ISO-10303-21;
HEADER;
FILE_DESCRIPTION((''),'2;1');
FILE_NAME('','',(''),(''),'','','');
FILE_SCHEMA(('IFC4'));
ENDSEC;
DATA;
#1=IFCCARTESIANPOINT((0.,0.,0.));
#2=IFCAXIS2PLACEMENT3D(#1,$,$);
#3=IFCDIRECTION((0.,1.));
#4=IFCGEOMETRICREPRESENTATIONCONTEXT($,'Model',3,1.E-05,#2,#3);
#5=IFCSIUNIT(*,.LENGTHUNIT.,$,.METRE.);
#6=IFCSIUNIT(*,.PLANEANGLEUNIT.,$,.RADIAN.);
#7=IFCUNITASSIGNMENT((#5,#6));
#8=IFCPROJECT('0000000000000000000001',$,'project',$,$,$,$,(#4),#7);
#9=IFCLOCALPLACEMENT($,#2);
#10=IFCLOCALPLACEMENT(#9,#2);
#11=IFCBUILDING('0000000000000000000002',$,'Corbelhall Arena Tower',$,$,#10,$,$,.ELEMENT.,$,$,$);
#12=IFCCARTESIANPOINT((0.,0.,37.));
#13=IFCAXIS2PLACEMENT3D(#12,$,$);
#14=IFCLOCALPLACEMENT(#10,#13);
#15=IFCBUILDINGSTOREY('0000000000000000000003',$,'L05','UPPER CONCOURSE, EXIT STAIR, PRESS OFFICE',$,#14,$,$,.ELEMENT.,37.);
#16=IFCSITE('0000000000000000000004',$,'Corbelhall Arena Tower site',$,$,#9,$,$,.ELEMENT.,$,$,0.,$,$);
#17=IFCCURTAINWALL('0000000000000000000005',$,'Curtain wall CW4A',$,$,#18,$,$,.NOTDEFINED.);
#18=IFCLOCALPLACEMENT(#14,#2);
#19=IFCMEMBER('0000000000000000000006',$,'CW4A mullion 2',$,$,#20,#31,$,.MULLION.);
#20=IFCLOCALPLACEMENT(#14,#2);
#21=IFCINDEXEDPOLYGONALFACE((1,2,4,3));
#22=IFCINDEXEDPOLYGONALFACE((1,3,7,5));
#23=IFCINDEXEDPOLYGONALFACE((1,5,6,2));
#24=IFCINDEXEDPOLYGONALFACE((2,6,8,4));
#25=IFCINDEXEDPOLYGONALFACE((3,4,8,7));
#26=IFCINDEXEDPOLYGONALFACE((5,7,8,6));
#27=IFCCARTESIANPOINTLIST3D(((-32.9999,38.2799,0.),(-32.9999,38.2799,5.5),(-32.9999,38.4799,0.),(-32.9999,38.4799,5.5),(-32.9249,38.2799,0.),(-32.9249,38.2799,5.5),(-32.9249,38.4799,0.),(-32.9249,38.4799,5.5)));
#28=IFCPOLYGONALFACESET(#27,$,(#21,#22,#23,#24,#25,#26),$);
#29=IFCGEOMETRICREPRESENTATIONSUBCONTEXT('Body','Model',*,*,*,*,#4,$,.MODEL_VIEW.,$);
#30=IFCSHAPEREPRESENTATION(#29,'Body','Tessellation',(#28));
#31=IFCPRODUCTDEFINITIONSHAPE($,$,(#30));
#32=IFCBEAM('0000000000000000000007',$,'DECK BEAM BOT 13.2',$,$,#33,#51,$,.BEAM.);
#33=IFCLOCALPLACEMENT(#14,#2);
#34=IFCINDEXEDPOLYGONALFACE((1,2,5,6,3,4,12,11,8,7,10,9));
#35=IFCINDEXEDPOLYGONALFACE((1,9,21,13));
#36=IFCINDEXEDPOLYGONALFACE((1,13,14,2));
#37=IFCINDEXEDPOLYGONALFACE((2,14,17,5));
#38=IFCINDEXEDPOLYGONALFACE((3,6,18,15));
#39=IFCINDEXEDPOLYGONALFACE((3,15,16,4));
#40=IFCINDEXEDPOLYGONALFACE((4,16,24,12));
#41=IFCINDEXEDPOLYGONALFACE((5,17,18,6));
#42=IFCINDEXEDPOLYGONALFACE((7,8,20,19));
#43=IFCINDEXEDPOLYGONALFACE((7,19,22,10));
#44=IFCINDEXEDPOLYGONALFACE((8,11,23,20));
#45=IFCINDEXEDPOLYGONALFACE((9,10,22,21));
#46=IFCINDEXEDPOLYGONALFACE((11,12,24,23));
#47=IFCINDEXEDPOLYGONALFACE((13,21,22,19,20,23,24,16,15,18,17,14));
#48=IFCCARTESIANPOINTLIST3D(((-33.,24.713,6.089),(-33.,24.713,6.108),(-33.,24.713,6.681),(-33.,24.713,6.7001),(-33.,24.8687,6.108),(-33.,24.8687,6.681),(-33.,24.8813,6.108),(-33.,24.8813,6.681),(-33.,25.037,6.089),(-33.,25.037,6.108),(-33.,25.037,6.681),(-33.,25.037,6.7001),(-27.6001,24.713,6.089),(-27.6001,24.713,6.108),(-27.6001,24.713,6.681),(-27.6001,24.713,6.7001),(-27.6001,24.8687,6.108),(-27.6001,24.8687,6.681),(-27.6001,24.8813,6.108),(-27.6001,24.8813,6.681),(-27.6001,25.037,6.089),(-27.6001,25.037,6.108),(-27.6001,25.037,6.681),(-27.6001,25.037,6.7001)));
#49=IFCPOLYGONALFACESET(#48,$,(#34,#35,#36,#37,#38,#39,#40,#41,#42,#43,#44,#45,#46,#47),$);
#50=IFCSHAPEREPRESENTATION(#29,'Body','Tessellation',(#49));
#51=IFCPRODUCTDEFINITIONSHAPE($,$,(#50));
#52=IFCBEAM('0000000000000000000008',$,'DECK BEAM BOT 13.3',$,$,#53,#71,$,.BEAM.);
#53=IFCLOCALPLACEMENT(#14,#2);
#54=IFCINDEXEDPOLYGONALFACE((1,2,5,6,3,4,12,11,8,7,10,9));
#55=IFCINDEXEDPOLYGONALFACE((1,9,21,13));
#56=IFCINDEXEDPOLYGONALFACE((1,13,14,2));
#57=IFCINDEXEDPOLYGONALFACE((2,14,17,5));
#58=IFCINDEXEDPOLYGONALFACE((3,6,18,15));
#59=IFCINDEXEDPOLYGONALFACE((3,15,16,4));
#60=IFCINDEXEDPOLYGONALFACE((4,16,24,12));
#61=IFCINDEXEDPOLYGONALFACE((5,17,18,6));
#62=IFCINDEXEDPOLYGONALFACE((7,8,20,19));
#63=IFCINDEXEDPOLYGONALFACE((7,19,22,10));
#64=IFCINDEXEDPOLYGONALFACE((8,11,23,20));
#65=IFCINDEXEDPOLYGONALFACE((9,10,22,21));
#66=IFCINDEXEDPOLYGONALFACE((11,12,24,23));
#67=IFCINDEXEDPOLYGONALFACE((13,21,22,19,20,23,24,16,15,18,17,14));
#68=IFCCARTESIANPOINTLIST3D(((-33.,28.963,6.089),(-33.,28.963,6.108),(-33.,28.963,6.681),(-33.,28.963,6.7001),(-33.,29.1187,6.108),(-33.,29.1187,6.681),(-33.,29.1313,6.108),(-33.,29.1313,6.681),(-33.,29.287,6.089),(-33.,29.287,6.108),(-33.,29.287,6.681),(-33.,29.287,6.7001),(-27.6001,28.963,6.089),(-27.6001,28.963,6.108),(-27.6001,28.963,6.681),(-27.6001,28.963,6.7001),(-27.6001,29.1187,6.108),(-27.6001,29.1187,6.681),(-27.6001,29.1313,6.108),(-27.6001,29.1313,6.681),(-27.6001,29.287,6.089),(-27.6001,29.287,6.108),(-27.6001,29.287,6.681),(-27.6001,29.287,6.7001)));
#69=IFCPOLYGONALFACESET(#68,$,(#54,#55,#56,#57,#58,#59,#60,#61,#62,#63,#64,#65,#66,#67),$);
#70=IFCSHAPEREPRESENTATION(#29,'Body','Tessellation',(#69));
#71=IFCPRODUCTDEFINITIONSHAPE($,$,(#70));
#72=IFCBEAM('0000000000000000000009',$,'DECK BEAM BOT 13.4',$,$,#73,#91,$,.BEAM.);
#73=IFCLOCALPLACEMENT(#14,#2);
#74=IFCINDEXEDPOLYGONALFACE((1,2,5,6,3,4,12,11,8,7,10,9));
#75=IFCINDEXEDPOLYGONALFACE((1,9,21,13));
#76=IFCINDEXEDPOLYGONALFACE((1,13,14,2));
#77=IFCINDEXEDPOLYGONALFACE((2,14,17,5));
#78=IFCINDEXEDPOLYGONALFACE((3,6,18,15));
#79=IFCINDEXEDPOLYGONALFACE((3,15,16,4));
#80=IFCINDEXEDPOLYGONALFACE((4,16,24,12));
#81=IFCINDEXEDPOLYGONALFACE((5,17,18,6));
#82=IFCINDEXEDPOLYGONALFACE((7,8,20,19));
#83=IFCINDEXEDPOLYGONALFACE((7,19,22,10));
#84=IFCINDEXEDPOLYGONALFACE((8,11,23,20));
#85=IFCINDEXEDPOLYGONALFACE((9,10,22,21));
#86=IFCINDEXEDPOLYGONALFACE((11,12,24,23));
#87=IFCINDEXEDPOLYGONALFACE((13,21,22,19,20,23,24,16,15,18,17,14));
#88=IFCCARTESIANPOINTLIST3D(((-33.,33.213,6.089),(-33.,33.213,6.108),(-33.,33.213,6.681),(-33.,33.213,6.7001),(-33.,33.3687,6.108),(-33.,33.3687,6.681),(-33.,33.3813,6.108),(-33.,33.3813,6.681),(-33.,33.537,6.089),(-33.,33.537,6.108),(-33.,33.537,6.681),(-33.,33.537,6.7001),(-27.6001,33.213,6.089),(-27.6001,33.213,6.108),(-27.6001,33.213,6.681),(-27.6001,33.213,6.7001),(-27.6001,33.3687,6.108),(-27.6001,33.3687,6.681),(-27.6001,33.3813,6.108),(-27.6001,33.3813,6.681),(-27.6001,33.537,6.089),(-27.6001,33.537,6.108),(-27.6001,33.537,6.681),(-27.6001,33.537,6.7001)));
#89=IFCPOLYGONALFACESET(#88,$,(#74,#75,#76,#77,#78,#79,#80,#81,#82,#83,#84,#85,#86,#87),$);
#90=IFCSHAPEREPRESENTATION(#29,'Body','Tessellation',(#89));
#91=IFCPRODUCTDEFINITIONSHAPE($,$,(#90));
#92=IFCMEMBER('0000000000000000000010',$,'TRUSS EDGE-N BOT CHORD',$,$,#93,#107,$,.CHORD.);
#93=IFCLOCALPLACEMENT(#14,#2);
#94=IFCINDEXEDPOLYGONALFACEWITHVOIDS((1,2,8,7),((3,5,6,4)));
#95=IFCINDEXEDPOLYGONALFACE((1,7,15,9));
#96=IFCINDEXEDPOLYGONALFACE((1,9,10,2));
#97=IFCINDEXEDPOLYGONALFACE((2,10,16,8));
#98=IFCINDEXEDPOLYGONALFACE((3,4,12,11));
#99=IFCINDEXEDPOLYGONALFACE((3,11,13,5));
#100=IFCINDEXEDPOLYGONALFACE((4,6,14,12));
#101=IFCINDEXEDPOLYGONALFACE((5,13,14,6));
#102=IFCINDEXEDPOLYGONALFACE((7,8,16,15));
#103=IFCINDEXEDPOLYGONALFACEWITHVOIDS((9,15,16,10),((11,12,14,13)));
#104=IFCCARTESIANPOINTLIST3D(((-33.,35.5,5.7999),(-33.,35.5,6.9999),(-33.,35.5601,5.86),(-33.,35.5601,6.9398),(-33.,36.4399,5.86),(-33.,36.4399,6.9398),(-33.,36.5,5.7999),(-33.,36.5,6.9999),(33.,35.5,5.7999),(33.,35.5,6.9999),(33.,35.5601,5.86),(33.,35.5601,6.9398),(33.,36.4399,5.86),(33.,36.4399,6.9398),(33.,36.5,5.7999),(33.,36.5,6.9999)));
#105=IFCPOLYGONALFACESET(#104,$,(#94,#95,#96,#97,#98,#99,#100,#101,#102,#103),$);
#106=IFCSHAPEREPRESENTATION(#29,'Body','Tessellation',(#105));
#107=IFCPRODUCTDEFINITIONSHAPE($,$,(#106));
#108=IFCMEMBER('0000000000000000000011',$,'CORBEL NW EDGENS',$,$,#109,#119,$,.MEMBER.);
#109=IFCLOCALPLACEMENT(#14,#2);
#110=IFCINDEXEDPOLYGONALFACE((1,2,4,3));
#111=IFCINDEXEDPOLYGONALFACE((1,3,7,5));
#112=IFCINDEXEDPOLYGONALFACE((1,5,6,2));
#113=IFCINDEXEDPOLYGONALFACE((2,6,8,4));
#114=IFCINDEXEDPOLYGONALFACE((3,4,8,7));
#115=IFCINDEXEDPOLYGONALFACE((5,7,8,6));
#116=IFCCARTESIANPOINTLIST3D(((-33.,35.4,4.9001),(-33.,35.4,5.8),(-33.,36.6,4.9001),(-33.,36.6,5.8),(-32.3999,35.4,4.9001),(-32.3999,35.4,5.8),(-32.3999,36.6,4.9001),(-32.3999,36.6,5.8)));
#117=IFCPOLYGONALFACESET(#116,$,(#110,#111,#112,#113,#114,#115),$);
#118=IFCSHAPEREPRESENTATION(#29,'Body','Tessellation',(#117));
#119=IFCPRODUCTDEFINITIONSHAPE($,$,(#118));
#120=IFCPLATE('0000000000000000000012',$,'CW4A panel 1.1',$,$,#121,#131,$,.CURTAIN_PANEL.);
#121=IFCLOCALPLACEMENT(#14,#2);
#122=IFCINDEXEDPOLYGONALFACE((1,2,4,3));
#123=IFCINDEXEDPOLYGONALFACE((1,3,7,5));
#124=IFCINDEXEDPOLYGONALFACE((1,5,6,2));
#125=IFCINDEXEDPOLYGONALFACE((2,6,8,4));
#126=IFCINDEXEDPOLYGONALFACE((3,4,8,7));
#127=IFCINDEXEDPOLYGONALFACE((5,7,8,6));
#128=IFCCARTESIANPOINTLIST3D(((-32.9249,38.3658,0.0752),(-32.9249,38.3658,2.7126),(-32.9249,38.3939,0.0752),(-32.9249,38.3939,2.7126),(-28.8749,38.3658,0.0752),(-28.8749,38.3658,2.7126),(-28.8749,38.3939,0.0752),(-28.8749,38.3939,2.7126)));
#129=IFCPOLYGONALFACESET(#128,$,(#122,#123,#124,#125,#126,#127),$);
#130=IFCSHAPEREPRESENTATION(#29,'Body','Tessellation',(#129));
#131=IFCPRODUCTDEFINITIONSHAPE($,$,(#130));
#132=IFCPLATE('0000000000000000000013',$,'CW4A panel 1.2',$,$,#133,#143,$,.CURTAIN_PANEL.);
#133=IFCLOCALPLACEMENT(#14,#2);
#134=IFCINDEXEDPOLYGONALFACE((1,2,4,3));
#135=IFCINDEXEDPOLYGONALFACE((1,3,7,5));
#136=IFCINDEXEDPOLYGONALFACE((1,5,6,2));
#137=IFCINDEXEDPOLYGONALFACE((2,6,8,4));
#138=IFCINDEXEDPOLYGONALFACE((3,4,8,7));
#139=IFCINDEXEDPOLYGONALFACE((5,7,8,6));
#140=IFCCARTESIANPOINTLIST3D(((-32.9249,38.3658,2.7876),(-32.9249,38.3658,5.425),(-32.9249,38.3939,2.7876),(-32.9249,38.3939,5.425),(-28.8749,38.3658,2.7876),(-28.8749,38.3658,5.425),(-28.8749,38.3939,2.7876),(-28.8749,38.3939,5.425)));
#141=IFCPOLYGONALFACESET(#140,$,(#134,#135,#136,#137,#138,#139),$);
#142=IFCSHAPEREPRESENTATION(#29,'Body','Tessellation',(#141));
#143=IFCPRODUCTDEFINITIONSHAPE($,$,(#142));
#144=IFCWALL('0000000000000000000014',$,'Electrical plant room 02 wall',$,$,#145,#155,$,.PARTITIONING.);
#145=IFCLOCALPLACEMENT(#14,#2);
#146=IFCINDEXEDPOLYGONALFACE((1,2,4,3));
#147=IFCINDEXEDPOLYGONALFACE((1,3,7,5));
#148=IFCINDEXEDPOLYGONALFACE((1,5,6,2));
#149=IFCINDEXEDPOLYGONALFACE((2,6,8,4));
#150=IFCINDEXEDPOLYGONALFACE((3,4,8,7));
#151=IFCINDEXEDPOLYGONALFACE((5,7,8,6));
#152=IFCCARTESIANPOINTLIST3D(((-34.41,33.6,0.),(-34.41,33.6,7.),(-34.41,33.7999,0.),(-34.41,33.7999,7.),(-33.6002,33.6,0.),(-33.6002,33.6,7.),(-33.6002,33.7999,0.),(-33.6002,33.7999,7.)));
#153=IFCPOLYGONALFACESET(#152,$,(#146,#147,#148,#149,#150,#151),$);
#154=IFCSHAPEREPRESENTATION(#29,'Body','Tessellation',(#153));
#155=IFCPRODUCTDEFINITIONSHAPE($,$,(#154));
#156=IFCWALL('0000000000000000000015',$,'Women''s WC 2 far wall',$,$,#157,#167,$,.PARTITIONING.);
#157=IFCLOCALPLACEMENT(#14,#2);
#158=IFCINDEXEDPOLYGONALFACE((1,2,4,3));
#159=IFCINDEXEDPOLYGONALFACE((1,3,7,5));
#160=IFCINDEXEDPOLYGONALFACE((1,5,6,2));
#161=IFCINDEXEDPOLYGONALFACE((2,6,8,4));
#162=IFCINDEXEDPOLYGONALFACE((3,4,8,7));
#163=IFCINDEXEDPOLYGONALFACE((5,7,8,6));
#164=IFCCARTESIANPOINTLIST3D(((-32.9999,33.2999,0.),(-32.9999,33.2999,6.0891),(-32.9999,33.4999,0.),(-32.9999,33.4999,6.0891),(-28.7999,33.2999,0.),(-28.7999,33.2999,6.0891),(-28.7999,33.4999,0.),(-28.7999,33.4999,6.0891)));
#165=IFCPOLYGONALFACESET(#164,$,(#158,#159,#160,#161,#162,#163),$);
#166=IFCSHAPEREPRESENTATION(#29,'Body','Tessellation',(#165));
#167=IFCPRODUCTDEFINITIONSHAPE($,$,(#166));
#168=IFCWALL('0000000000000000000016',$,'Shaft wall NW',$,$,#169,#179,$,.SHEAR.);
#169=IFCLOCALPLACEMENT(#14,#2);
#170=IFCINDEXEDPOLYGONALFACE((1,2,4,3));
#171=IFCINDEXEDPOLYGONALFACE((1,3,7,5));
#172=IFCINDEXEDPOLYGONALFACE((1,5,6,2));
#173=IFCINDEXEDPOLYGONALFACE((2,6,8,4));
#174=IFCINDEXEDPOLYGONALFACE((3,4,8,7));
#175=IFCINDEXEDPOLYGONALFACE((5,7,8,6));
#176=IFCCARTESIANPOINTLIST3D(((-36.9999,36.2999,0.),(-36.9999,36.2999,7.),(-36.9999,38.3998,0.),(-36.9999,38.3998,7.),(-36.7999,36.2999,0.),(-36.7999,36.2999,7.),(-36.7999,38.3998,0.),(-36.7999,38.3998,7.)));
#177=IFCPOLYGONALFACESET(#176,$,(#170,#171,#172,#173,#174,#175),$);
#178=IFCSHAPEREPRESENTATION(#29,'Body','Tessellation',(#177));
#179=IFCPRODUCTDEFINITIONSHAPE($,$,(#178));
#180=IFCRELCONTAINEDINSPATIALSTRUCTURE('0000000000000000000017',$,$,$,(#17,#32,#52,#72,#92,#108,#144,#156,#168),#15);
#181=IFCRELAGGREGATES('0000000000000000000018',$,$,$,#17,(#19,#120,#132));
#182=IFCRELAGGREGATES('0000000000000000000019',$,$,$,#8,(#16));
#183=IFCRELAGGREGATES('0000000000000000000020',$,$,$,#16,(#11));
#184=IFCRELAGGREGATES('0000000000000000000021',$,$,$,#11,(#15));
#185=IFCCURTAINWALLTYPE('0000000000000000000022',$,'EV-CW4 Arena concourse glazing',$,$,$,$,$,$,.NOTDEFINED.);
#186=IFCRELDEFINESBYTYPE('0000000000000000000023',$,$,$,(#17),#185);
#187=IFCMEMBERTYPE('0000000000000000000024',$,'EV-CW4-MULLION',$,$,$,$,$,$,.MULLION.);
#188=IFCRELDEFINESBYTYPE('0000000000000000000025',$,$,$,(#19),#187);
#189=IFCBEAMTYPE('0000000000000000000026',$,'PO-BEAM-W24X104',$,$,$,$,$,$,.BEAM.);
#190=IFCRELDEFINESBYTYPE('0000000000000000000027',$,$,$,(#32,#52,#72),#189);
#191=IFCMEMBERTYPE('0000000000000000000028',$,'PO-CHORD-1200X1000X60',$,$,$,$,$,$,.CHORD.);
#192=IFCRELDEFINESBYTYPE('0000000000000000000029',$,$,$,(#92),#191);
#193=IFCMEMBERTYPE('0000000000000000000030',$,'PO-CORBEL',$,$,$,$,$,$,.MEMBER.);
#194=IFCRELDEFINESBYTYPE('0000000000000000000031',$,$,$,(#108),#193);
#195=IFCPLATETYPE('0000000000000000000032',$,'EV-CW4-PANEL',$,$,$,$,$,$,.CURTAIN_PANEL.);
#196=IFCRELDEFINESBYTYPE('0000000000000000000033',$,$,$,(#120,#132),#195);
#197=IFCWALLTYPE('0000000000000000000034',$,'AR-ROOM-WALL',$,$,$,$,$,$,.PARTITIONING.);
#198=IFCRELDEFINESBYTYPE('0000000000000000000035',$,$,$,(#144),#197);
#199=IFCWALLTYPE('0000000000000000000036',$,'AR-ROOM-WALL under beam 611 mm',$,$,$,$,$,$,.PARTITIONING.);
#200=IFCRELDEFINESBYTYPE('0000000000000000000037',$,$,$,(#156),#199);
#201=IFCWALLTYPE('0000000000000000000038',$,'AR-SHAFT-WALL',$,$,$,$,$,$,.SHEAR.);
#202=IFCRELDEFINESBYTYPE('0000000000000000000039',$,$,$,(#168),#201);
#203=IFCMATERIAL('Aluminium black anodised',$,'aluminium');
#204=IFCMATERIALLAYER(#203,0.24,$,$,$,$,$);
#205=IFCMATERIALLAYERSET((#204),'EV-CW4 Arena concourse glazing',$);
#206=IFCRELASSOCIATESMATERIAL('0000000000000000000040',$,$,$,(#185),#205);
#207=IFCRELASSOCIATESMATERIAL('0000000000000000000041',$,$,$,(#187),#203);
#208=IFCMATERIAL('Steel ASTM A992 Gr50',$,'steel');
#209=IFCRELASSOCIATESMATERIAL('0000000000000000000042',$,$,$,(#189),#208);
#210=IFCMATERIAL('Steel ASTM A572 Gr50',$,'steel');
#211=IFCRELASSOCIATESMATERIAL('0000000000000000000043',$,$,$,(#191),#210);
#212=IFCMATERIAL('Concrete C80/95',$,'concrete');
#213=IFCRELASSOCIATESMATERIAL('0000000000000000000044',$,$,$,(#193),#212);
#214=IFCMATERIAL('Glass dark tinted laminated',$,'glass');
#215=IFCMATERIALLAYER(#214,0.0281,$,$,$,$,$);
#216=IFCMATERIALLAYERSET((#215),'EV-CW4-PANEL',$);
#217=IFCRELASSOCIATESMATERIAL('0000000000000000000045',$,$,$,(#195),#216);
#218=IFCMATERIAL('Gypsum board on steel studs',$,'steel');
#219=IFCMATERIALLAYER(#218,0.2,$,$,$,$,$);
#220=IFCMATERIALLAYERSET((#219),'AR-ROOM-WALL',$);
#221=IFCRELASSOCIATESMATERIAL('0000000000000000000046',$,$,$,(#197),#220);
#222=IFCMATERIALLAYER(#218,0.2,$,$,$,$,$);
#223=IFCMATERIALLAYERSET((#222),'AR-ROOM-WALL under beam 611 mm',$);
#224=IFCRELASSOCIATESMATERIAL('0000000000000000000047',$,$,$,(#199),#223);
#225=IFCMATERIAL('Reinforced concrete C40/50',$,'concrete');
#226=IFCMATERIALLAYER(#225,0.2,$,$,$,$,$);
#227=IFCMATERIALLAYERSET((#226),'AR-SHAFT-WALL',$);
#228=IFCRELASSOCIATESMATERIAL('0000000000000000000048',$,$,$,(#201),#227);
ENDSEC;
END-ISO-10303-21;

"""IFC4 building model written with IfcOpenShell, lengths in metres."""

from ifc_helpers import new_model, si_unit, direction, frame, frame_2d, origin, origin_2d, place, context, subcontext, project, spatial, rectangle, hollow_rectangle, i_section, extrude, material, layer, layer_set, material_profile, profile_set, type_object, element, aggregate, save


model = new_model("IFC4")

# Units and contexts
model_context = context("Model", 3, precision=1e-05, world=origin(), true_north=direction((0.0, 1.0)))
body_context = subcontext(model_context, "Body", "Model", "MODEL_VIEW")
ifc_project = project(units=[si_unit("LENGTHUNIT", "METRE"), si_unit("PLANEANGLEUNIT", "RADIAN")], contexts=[model_context])

# Site, building, storey
site_placement = place(None, origin())
site = spatial("IfcSite", under=ifc_project, at=site_placement, Name="Corbelhall Arena Tower site", CompositionType="ELEMENT", RefElevation=0.0)
building_placement = place(site_placement, origin())
building = spatial("IfcBuilding", under=site, at=building_placement, Name="Corbelhall Arena Tower", CompositionType="ELEMENT")
storey_placement = place(building_placement, frame((0.0, 0.0, 37.0)))
storey = spatial("IfcBuildingStorey", under=building, at=storey_placement, Name="L05", Description="UPPER CONCOURSE, EXIT STAIR, PRESS OFFICE", CompositionType="ELEMENT", Elevation=37.0)

# Curtain wall, member
ifc_material_1 = material(Name="Aluminium black anodised", Category="aluminium")
ifc_layer_1 = layer(ifc_material_1, 0.24)
ifc_layer_set_1 = layer_set([ifc_layer_1], Name="EV-CW4 Arena concourse glazing")
curtain_wall_type = type_object("IfcCurtainWallType", Name="EV-CW4 Arena concourse glazing", PredefinedType="NOTDEFINED", material=ifc_layer_set_1)
curtain_wall_placement = place(storey_placement, origin())
curtain_wall = element("IfcCurtainWall", 1, at=curtain_wall_placement, inside=storey, type_object=curtain_wall_type, Name="Curtain wall CW4A", PredefinedType="NOTDEFINED")
ifc_material_profile_1 = material_profile(ifc_material_1, rectangle(XDim=0.2, YDim=0.075, at=origin_2d()))
ifc_profile_set_1 = profile_set([ifc_material_profile_1], Name="Aluminium black anodised")
member_type_1 = type_object("IfcMemberType", Name="EV-CW4-MULLION", PredefinedType="MULLION", material=ifc_profile_set_1)
member_1_placement = place(storey_placement, frame((-32.9624, 38.3799, 0.0), z_axis=(0.0, 0.0, 1.0), x_axis=(0.0, -1.0, 0.0)))
member_1 = element("IfcMember", 2, at=member_1_placement, type_object=member_type_1, Name="CW4A mullion 2", PredefinedType="MULLION", context=body_context, shape_type="SweptSolid", body=[
    extrude(rectangle(XDim=0.2, YDim=0.075, at=origin_2d()), origin(), (0.0, 0.0, 1.0), 5.5),
])

# Beams
ifc_material_2 = material(Name="Steel ASTM A992 Gr50", Category="steel")
ifc_material_profile_2 = material_profile(ifc_material_2, i_section(OverallWidth=0.324, OverallDepth=0.6111, WebThickness=0.0127, FlangeThickness=0.019, at=origin_2d()))
ifc_profile_set_2 = profile_set([ifc_material_profile_2], Name="Steel ASTM A992 Gr50")
beam_type = type_object("IfcBeamType", Name="PO-BEAM-W24X104", PredefinedType="BEAM", material=ifc_profile_set_2)
for number, where, z_axis, x_axis, name in (
    (3, (-33.0, 24.875, 6.3945), (1.0, 0.0, 0.0), (0.0, 1.0, 0.0), "DECK BEAM BOT 13.2"),
    (4, (-33.0, 29.125, 6.3945), (1.0, 0.0, 0.0), (0.0, 1.0, 0.0), "DECK BEAM BOT 13.3"),
    (5, (-33.0, 33.375, 6.3945), (1.0, 0.0, 0.0), (0.0, 1.0, 0.0), "DECK BEAM BOT 13.4"),
):
    element("IfcBeam", number, at=place(storey_placement, frame(where, z_axis=z_axis, x_axis=x_axis)), inside=storey, type_object=beam_type, Name=name, PredefinedType="BEAM", context=body_context, shape_type="SweptSolid", body=[
        extrude(i_section(OverallWidth=0.324, OverallDepth=0.6111, WebThickness=0.0127, FlangeThickness=0.019, at=origin_2d()), origin(), (0.0, 0.0, 1.0), 5.3999),
    ])

# Members
ifc_material_3 = material(Name="Steel ASTM A572 Gr50", Category="steel")
ifc_material_profile_3 = material_profile(ifc_material_3, hollow_rectangle(XDim=1.0, YDim=1.2, WallThickness=0.0601, at=origin_2d()))
ifc_profile_set_3 = profile_set([ifc_material_profile_3], Name="Steel ASTM A572 Gr50")
member_type_2 = type_object("IfcMemberType", Name="PO-CHORD-1200X1000X60", PredefinedType="CHORD", material=ifc_profile_set_3)
member_2_placement = place(storey_placement, frame((-33.0, 36.0, 6.3999), z_axis=(1.0, 0.0, 0.0), x_axis=(0.0, 1.0, 0.0)))
element("IfcMember", 6, at=member_2_placement, inside=storey, type_object=member_type_2, Name="TRUSS EDGE-N BOT CHORD", PredefinedType="CHORD", context=body_context, shape_type="SweptSolid", body=[
    extrude(hollow_rectangle(XDim=1.0, YDim=1.2, WallThickness=0.0601, at=origin_2d()), origin(), (0.0, 0.0, 1.0), 66.0),
])
ifc_material_4 = material(Name="Concrete C80/95", Category="concrete")
ifc_material_profile_4 = material_profile(ifc_material_4, rectangle(XDim=1.2, YDim=0.8999, at=origin_2d()))
ifc_profile_set_4 = profile_set([ifc_material_profile_4], Name="Concrete C80/95")
member_type_3 = type_object("IfcMemberType", Name="PO-CORBEL", PredefinedType="MEMBER", material=ifc_profile_set_4)
member_3_placement = place(storey_placement, frame((-33.0, 36.0, 5.3501), z_axis=(1.0, 0.0, 0.0), x_axis=(0.0, 1.0, 0.0)))
element("IfcMember", 7, at=member_3_placement, inside=storey, type_object=member_type_3, Name="CORBEL NW EDGENS", PredefinedType="MEMBER", context=body_context, shape_type="SweptSolid", body=[
    extrude(rectangle(XDim=1.2, YDim=0.8999, at=origin_2d()), origin(), (0.0, 0.0, 1.0), 0.6001),
])

# Plates
ifc_material_5 = material(Name="Glass dark tinted laminated", Category="glass")
ifc_layer_2 = layer(ifc_material_5, 0.0281)
ifc_layer_set_2 = layer_set([ifc_layer_2], Name="EV-CW4-PANEL")
plate_type = type_object("IfcPlateType", Name="EV-CW4-PANEL", PredefinedType="CURTAIN_PANEL", material=ifc_layer_set_2)
plate_1_placement = place(storey_placement, frame((-30.8999, 38.3799, 0.0752), z_axis=(0.0, 0.0, 1.0), x_axis=(-1.0, 0.0, 0.0)))
plate_1 = element("IfcPlate", 8, at=plate_1_placement, type_object=plate_type, Name="CW4A panel 1.1", PredefinedType="CURTAIN_PANEL", context=body_context, shape_type="SweptSolid", body=[
    extrude(rectangle(XDim=4.05, YDim=0.0281, at=origin_2d()), origin(), (0.0, 0.0, 1.0), 2.6375),
])
plate_2_placement = place(storey_placement, frame((-30.8999, 38.3799, 2.7876), z_axis=(0.0, 0.0, 1.0), x_axis=(-1.0, 0.0, 0.0)))
plate_2 = element("IfcPlate", 9, at=plate_2_placement, type_object=plate_type, Name="CW4A panel 1.2", PredefinedType="CURTAIN_PANEL", context=body_context, shape_type="SweptSolid", body=[
    extrude(rectangle(XDim=4.05, YDim=0.0281, at=origin_2d()), origin(), (0.0, 0.0, 1.0), 2.6375),
])
aggregate(curtain_wall, [member_1, plate_1, plate_2])

# Shared definitions
ifc_material_6 = material(Name="Gypsum board on steel studs", Category="steel")
ifc_layer_3 = layer(ifc_material_6, 0.2)
ifc_layer_set_3 = layer_set([ifc_layer_3], Name="AR-ROOM-WALL")
wall_type_1 = type_object("IfcWallType", Name="AR-ROOM-WALL", PredefinedType="PARTITIONING", material=ifc_layer_set_3)

# Walls
wall_1_placement = place(storey_placement, frame((-34.4099, 33.7, 0.0), z_axis=(0.0, 0.0, 1.0), x_axis=(1.0, 0.0, 0.0)))
element("IfcWall", 10, at=wall_1_placement, inside=storey, type_object=wall_type_1, Name="Electrical plant room 02 wall", PredefinedType="PARTITIONING", context=body_context, shape_type="SweptSolid", body=[
    extrude(rectangle(XDim=0.8098, YDim=0.2, at=frame_2d((0.4048, 0.0))), origin(), (0.0, 0.0, 1.0), 7.0),
])
ifc_layer_4 = layer(ifc_material_6, 0.2)
ifc_layer_set_4 = layer_set([ifc_layer_4], Name="AR-ROOM-WALL under beam 611 mm")
wall_type_2 = type_object("IfcWallType", Name="AR-ROOM-WALL under beam 611 mm", PredefinedType="PARTITIONING", material=ifc_layer_set_4)
wall_2_placement = place(storey_placement, frame((-33.0, 33.3999, 0.0), z_axis=(0.0, 0.0, 1.0), x_axis=(1.0, 0.0, 0.0)))
element("IfcWall", 11, at=wall_2_placement, inside=storey, type_object=wall_type_2, Name="Women's WC 2 far wall", PredefinedType="PARTITIONING", context=body_context, shape_type="SweptSolid", body=[
    extrude(rectangle(XDim=4.2, YDim=0.2, at=frame_2d((2.1001, 0.0))), origin(), (0.0, 0.0, 1.0), 6.0891),
])
ifc_material_7 = material(Name="Reinforced concrete C40/50", Category="concrete")
ifc_layer_5 = layer(ifc_material_7, 0.2)
ifc_layer_set_5 = layer_set([ifc_layer_5], Name="AR-SHAFT-WALL")
wall_type_3 = type_object("IfcWallType", Name="AR-SHAFT-WALL", PredefinedType="SHEAR", material=ifc_layer_set_5)
wall_3_placement = place(storey_placement, frame((-36.8999, 36.3, 0.0), z_axis=(0.0, 0.0, 1.0), x_axis=(0.0, 1.0, 0.0)))
element("IfcWall", 12, at=wall_3_placement, inside=storey, type_object=wall_type_3, Name="Shaft wall NW", PredefinedType="SHEAR", context=body_context, shape_type="SweptSolid", body=[
    extrude(rectangle(XDim=2.0999, YDim=0.2, at=frame_2d((1.0498, 0.0))), origin(), (0.0, 0.0, 1.0), 7.0),
])

save(model, "model.ifc")
